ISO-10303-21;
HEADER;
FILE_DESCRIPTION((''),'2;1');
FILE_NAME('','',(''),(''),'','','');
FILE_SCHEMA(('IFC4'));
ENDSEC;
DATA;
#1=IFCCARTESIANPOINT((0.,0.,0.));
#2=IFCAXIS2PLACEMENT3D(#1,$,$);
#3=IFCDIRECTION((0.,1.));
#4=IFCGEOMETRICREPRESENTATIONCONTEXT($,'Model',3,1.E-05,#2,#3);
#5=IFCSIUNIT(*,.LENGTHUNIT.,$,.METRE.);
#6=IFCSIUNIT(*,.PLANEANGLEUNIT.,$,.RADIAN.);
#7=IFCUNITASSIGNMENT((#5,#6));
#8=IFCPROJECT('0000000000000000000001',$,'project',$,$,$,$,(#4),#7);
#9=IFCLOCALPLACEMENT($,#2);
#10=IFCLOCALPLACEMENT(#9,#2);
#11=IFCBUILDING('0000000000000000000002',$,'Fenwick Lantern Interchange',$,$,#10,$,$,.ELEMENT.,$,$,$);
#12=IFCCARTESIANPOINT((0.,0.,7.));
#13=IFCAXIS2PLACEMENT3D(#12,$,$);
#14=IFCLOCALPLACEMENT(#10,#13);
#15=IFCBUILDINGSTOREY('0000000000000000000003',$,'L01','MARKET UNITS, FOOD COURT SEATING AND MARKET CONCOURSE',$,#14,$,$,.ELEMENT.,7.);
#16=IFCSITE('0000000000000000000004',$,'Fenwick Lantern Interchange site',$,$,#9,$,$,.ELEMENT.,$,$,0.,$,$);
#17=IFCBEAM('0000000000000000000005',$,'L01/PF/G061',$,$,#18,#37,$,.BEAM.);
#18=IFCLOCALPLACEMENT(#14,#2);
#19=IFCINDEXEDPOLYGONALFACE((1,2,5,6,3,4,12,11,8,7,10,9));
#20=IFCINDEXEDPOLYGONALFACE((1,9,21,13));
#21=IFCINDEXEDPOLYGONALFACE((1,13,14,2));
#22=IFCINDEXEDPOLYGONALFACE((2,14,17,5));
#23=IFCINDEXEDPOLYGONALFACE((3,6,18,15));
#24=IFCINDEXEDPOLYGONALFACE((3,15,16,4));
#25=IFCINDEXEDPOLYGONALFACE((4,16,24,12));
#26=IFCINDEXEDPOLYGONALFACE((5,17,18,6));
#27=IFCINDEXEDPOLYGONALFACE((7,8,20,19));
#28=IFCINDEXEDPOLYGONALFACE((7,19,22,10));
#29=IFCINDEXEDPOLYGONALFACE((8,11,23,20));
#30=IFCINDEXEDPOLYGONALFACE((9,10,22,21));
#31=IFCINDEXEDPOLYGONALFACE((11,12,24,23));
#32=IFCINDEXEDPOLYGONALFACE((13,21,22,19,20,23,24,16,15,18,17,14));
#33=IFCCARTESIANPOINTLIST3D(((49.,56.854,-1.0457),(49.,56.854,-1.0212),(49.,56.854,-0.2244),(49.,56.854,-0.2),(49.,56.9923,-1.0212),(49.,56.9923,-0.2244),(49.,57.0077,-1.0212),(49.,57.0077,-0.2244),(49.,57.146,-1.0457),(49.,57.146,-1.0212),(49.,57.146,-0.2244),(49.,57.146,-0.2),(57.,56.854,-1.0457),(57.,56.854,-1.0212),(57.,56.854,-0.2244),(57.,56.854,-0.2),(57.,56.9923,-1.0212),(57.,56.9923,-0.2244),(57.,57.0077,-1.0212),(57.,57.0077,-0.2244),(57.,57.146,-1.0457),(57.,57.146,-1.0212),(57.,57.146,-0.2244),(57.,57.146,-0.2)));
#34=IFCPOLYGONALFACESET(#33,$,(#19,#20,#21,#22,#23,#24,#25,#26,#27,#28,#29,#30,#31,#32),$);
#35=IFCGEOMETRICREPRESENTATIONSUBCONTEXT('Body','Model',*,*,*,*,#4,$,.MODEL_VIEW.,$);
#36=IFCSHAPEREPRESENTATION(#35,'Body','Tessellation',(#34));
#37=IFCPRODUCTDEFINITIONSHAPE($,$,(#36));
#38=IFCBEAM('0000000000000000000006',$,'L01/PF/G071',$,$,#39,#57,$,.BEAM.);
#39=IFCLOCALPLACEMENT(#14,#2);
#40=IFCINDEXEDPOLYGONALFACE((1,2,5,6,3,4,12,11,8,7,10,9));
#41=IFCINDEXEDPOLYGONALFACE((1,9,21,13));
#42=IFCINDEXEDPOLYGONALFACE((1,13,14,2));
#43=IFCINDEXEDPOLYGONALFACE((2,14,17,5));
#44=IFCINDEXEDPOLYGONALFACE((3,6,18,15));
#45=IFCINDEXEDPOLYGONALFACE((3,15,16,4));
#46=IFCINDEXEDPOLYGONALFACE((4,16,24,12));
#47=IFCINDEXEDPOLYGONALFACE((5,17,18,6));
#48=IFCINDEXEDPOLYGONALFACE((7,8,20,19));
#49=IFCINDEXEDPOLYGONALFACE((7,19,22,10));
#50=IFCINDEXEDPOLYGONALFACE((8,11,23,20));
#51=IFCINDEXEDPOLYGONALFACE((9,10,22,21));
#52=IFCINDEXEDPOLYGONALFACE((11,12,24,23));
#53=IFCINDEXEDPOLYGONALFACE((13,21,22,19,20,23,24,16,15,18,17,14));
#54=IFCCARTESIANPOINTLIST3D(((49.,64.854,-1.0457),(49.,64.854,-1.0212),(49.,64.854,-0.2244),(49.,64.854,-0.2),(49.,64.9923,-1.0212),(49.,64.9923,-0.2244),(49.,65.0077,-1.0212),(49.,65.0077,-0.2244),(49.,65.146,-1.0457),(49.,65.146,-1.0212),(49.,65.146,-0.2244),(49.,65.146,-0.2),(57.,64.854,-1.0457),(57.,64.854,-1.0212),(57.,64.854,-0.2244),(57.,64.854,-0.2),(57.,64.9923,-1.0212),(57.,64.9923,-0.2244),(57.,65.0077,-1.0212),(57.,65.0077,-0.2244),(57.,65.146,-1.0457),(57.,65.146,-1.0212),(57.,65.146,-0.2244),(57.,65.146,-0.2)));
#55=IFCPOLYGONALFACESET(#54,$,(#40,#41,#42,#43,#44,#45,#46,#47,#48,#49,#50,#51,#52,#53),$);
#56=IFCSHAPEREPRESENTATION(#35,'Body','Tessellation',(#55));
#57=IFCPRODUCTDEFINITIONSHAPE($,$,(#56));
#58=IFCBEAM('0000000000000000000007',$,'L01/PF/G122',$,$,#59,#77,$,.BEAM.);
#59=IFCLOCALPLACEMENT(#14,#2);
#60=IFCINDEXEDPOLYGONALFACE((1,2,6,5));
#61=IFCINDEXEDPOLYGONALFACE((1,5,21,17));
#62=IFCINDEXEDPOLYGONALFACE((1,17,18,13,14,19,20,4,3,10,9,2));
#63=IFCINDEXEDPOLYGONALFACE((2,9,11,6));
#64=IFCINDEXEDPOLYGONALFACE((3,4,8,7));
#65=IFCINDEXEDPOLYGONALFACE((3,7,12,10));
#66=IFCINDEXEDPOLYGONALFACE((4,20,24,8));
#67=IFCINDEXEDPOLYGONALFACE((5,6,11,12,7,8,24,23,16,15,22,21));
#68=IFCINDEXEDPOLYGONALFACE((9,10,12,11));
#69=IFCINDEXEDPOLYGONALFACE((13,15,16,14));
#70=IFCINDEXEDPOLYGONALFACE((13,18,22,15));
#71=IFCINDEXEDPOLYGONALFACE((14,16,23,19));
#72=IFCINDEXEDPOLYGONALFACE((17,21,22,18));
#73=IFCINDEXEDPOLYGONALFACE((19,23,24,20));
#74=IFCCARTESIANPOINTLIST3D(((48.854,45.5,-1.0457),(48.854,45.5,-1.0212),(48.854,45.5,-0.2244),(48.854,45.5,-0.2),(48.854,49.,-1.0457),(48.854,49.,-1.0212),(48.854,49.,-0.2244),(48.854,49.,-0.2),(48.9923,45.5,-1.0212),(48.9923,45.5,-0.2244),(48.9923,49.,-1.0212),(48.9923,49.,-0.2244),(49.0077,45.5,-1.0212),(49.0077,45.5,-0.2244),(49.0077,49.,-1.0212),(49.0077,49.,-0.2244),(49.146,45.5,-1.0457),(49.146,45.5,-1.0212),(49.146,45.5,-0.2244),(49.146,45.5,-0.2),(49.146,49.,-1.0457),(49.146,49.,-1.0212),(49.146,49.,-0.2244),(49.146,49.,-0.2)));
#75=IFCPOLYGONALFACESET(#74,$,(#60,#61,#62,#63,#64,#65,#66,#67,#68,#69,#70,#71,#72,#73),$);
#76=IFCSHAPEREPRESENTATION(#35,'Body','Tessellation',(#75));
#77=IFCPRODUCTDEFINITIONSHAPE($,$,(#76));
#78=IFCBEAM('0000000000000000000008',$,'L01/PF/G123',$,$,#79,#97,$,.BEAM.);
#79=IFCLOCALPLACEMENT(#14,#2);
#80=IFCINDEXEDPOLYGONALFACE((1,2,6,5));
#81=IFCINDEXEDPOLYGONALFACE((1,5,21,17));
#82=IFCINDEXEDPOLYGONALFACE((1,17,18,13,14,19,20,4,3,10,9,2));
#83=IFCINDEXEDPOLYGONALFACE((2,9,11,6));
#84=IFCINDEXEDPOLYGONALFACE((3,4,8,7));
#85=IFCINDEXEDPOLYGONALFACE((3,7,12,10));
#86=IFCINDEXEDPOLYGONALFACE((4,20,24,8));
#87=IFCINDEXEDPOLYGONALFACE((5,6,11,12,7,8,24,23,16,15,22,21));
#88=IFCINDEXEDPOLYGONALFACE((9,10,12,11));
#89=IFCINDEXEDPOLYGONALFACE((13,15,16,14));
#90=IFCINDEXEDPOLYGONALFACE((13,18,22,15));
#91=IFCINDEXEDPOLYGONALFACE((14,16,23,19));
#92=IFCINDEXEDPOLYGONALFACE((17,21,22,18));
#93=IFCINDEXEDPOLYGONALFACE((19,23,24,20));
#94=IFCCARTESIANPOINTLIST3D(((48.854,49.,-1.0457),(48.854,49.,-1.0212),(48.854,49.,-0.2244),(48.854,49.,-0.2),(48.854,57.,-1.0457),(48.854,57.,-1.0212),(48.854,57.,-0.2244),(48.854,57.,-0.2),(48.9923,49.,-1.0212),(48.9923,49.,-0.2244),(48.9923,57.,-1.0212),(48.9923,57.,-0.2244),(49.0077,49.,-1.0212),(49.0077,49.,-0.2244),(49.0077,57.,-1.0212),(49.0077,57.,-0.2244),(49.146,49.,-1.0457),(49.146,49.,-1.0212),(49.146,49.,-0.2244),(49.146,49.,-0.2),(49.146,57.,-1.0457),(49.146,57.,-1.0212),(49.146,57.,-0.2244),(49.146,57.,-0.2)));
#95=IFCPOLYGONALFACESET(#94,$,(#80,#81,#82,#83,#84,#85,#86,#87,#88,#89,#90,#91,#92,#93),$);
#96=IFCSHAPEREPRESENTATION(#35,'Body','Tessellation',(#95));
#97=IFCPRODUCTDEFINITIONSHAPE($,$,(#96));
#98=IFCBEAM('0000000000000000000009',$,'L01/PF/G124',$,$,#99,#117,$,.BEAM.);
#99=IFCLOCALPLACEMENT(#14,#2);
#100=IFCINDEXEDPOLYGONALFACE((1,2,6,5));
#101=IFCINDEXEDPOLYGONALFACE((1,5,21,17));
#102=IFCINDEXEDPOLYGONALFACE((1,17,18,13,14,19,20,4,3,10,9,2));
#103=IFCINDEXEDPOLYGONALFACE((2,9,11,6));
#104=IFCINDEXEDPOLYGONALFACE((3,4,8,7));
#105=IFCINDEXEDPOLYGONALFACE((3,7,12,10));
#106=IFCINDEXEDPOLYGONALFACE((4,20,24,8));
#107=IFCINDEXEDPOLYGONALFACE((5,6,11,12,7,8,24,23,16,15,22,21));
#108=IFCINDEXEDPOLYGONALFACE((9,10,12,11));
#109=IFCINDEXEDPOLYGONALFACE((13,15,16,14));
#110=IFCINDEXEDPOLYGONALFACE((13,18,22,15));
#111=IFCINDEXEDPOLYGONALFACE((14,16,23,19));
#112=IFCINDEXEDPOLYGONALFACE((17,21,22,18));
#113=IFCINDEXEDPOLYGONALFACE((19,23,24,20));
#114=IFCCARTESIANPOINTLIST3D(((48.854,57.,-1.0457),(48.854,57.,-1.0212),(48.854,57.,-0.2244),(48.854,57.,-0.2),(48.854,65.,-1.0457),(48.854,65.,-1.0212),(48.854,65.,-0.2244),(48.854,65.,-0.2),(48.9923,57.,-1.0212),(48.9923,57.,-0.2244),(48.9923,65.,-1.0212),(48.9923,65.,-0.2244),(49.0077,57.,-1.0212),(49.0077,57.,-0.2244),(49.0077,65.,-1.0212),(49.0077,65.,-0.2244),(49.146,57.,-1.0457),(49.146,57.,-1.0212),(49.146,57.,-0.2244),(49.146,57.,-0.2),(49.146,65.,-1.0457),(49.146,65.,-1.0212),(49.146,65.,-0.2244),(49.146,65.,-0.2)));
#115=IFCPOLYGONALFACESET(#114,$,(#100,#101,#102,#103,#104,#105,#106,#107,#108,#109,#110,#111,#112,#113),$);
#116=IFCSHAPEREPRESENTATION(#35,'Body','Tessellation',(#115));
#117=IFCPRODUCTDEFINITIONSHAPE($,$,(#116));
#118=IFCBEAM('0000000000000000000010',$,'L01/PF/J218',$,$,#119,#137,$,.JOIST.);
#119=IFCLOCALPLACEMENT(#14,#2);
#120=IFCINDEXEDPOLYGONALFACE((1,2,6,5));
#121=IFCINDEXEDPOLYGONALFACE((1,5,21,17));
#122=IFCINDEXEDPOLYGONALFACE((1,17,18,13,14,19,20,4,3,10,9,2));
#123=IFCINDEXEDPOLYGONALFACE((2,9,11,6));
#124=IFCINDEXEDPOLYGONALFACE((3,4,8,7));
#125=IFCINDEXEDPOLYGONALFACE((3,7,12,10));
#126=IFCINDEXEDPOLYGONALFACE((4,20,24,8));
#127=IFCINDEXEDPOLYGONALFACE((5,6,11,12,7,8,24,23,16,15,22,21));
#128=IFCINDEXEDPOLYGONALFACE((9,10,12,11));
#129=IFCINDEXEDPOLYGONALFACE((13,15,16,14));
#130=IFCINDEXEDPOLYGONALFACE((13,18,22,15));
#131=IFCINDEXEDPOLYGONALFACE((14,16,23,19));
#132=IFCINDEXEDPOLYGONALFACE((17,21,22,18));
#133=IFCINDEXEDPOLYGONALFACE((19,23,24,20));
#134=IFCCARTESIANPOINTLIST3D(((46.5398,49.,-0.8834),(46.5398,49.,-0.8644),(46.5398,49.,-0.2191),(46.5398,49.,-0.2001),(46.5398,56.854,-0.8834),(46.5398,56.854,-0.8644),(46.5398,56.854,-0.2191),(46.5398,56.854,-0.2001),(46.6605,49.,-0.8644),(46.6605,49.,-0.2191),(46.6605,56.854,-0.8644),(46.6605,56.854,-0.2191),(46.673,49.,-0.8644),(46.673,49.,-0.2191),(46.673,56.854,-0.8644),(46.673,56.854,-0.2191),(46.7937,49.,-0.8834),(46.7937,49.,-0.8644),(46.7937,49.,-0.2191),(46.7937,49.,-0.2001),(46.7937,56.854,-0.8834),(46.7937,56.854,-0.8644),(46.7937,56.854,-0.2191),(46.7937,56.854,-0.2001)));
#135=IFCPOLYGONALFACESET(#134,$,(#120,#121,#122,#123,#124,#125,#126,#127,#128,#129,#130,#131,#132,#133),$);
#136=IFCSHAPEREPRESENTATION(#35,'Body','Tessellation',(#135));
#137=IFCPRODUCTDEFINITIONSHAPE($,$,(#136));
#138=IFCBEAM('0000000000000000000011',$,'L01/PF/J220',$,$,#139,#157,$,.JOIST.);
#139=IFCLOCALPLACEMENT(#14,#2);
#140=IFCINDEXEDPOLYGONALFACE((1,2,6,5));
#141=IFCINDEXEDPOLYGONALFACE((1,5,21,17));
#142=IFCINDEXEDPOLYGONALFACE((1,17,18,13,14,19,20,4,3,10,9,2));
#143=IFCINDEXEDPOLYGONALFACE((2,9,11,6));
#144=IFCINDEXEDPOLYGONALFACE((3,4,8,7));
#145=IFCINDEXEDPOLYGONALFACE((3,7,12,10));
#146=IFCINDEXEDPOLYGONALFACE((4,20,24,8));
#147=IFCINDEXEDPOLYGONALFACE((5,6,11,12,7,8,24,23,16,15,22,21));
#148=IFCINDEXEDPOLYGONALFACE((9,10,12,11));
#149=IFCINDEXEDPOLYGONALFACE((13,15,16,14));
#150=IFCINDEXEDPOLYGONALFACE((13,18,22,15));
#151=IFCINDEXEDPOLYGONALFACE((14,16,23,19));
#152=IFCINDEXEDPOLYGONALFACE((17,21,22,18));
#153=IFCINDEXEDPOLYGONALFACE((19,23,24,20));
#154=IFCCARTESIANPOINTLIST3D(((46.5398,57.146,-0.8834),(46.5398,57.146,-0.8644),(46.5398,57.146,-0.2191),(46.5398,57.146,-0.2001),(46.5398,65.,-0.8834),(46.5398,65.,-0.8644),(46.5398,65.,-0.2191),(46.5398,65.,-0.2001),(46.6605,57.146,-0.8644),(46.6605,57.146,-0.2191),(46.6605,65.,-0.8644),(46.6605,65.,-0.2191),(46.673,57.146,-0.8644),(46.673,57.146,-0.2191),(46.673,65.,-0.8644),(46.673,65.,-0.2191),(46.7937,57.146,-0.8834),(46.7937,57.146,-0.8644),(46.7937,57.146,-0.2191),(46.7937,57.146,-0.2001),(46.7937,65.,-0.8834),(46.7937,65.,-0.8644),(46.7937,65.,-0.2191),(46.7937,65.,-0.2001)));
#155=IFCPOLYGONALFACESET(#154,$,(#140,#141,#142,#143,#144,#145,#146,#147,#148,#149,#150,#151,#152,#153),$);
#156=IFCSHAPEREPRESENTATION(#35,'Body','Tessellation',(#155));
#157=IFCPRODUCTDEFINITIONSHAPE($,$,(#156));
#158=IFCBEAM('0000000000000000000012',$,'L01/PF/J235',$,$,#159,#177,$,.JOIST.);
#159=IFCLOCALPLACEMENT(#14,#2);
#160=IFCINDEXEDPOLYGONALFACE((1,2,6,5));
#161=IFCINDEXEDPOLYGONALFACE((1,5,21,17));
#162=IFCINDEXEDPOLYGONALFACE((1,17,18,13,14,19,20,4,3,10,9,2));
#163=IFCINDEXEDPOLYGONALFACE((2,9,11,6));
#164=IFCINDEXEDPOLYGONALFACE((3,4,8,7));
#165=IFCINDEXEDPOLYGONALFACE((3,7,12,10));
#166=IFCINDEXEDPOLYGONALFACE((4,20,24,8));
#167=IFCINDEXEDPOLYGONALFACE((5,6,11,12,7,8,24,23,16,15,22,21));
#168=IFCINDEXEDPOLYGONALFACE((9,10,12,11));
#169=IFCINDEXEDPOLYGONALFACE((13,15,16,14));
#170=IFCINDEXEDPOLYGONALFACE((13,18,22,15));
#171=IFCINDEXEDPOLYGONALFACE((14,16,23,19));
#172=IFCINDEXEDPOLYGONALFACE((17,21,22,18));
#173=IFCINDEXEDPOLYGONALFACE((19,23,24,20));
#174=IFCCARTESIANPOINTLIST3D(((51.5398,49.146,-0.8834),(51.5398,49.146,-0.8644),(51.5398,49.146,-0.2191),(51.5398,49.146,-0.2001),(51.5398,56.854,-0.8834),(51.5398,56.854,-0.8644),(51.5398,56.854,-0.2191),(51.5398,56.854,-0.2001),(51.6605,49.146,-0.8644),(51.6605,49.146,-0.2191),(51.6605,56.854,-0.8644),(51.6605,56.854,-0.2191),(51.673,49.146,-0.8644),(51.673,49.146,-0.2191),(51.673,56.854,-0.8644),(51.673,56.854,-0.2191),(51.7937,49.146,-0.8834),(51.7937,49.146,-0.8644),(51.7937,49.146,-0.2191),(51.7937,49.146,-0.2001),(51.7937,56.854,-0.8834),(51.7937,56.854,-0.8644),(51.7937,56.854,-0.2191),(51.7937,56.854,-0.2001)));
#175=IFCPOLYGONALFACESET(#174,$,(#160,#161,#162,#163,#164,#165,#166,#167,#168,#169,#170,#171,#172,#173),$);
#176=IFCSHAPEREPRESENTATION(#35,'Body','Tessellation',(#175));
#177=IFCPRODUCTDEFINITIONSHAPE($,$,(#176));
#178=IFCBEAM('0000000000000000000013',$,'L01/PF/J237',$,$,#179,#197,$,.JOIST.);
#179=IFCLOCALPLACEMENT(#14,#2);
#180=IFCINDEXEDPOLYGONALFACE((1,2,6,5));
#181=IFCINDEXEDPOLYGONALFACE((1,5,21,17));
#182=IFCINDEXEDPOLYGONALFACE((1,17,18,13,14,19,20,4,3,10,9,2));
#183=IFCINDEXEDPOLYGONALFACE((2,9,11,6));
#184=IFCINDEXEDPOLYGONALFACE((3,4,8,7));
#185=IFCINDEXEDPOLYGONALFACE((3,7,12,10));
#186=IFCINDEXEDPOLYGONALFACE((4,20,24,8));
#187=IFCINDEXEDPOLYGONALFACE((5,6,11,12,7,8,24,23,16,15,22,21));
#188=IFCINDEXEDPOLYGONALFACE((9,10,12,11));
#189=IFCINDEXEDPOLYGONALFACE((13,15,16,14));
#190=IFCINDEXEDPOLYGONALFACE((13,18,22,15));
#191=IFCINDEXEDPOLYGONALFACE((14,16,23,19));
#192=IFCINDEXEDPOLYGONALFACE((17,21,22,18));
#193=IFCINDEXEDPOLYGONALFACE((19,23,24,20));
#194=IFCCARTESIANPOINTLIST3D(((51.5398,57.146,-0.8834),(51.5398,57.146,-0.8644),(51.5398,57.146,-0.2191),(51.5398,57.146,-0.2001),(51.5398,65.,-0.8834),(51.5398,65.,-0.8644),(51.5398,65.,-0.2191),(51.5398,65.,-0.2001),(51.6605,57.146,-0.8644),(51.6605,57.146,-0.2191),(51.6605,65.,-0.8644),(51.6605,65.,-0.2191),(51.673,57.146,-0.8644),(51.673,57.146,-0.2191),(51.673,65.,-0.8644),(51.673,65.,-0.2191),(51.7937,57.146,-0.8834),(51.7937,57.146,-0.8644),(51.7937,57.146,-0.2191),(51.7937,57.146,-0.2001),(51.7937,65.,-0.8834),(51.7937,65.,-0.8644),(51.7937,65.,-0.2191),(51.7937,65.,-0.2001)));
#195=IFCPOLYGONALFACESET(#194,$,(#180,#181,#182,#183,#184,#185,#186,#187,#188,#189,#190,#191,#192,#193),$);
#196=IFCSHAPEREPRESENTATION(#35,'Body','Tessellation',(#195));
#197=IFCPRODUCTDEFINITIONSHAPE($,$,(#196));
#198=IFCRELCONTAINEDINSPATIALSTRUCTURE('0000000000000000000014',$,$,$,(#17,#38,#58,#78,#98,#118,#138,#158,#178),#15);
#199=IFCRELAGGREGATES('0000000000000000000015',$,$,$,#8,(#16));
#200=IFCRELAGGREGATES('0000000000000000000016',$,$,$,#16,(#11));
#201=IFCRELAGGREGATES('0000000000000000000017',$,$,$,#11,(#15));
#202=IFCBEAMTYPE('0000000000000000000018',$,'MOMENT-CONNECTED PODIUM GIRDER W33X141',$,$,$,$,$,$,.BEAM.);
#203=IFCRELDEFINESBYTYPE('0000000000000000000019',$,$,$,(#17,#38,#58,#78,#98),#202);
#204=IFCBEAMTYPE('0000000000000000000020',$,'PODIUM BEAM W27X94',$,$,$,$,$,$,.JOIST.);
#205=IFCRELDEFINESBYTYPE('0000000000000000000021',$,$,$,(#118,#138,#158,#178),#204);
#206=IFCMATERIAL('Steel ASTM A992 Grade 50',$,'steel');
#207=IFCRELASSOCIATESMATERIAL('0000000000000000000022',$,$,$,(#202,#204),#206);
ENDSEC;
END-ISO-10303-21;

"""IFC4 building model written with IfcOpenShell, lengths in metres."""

from ifc_helpers import new_model, si_unit, direction, frame, origin, origin_2d, place, context, subcontext, project, spatial, i_section, extrude, material, material_profile, profile_set, type_object, element, save


model = new_model("IFC4")

# Units and contexts
model_context = context("Model", 3, precision=1e-05, world=origin(), true_north=direction((0.0, 1.0)))
body_context = subcontext(model_context, "Body", "Model", "MODEL_VIEW")
ifc_project = project(units=[si_unit("LENGTHUNIT", "METRE"), si_unit("PLANEANGLEUNIT", "RADIAN")], contexts=[model_context])

# Site, building, storey
site_placement = place(None, origin())
site = spatial("IfcSite", under=ifc_project, at=site_placement, Name="Fenwick Lantern Interchange site", CompositionType="ELEMENT", RefElevation=0.0)
building_placement = place(site_placement, origin())
building = spatial("IfcBuilding", under=site, at=building_placement, Name="Fenwick Lantern Interchange", CompositionType="ELEMENT")
storey_placement = place(building_placement, frame((0.0, 0.0, 7.0)))
storey = spatial("IfcBuildingStorey", under=building, at=storey_placement, Name="L01", Description="MARKET UNITS, FOOD COURT SEATING AND MARKET CONCOURSE", CompositionType="ELEMENT", Elevation=7.0)

# Shared definitions
ifc_material_1 = material(Name="Steel ASTM A992 Grade 50", Category="steel")

# Beams
ifc_material_profile_1 = material_profile(ifc_material_1, i_section(OverallWidth=0.292, OverallDepth=0.8457, WebThickness=0.0154, FlangeThickness=0.0244, at=origin_2d()), Name="W33X141")
ifc_profile_set_1 = profile_set([ifc_material_profile_1], Name="Steel ASTM A992 Grade 50")
beam_type_1 = type_object("IfcBeamType", Name="MOMENT-CONNECTED PODIUM GIRDER W33X141", PredefinedType="BEAM", material=ifc_profile_set_1)
for number, where, z_axis, x_axis, name in (
    (1, (49.0, 57.0, -0.6228), (1.0, 0.0, 0.0), (0.0, 1.0, 0.0), "L01/PF/G061"),
    (2, (49.0, 65.0, -0.6228), (1.0, 0.0, 0.0), (0.0, 1.0, 0.0), "L01/PF/G071"),
):
    element("IfcBeam", number, at=place(storey_placement, frame(where, z_axis=z_axis, x_axis=x_axis)), inside=storey, type_object=beam_type_1, Name=name, PredefinedType="BEAM", context=body_context, shape_type="SweptSolid", body=[
        extrude(i_section(OverallWidth=0.292, OverallDepth=0.8457, WebThickness=0.0154, FlangeThickness=0.0244, at=origin_2d()), origin(), (0.0, 0.0, 1.0), 8.0),
    ])
beam_1_placement = place(storey_placement, frame((49.0, 45.5, -0.6228), z_axis=(0.0, 1.0, 0.0), x_axis=(-1.0, 0.0, 0.0)))
element("IfcBeam", 3, at=beam_1_placement, inside=storey, type_object=beam_type_1, Name="L01/PF/G122", PredefinedType="BEAM", context=body_context, shape_type="SweptSolid", body=[
    extrude(i_section(OverallWidth=0.292, OverallDepth=0.8457, WebThickness=0.0154, FlangeThickness=0.0244, at=origin_2d()), origin(), (0.0, 0.0, 1.0), 3.5),
])
for number, where, z_axis, x_axis, name in (
    (4, (49.0, 49.0, -0.6228), (0.0, 1.0, 0.0), (-1.0, 0.0, 0.0), "L01/PF/G123"),
    (5, (49.0, 57.0, -0.6228), (0.0, 1.0, 0.0), (-1.0, 0.0, 0.0), "L01/PF/G124"),
):
    element("IfcBeam", number, at=place(storey_placement, frame(where, z_axis=z_axis, x_axis=x_axis)), inside=storey, type_object=beam_type_1, Name=name, PredefinedType="BEAM", context=body_context, shape_type="SweptSolid", body=[
        extrude(i_section(OverallWidth=0.292, OverallDepth=0.8457, WebThickness=0.0154, FlangeThickness=0.0244, at=origin_2d()), origin(), (0.0, 0.0, 1.0), 8.0),
    ])
ifc_material_profile_2 = material_profile(ifc_material_1, i_section(OverallWidth=0.2539, OverallDepth=0.6833, WebThickness=0.0125, FlangeThickness=0.019, at=origin_2d()), Name="W27X94")
ifc_profile_set_2 = profile_set([ifc_material_profile_2], Name="Steel ASTM A992 Grade 50")
beam_type_2 = type_object("IfcBeamType", Name="PODIUM BEAM W27X94", PredefinedType="JOIST", material=ifc_profile_set_2)
for number, where, z_axis, x_axis, name in (
    (6, (46.6667, 49.0, -0.5417), (0.0, 1.0, 0.0), (-1.0, 0.0, 0.0), "L01/PF/J218"),
    (7, (46.6667, 57.146, -0.5417), (0.0, 1.0, 0.0), (-1.0, 0.0, 0.0), "L01/PF/J220"),
):
    element("IfcBeam", number, at=place(storey_placement, frame(where, z_axis=z_axis, x_axis=x_axis)), inside=storey, type_object=beam_type_2, Name=name, PredefinedType="JOIST", context=body_context, shape_type="SweptSolid", body=[
        extrude(i_section(OverallWidth=0.2539, OverallDepth=0.6833, WebThickness=0.0125, FlangeThickness=0.019, at=origin_2d()), origin(), (0.0, 0.0, 1.0), 7.854),
    ])
beam_2_placement = place(storey_placement, frame((51.6667, 49.146, -0.5417), z_axis=(0.0, 1.0, 0.0), x_axis=(-1.0, 0.0, 0.0)))
element("IfcBeam", 8, at=beam_2_placement, inside=storey, type_object=beam_type_2, Name="L01/PF/J235", PredefinedType="JOIST", context=body_context, shape_type="SweptSolid", body=[
    extrude(i_section(OverallWidth=0.2539, OverallDepth=0.6833, WebThickness=0.0125, FlangeThickness=0.019, at=origin_2d()), origin(), (0.0, 0.0, 1.0), 7.708),
])
beam_3_placement = place(storey_placement, frame((51.6667, 57.146, -0.5417), z_axis=(0.0, 1.0, 0.0), x_axis=(-1.0, 0.0, 0.0)))
element("IfcBeam", 9, at=beam_3_placement, inside=storey, type_object=beam_type_2, Name="L01/PF/J237", PredefinedType="JOIST", context=body_context, shape_type="SweptSolid", body=[
    extrude(i_section(OverallWidth=0.2539, OverallDepth=0.6833, WebThickness=0.0125, FlangeThickness=0.019, at=origin_2d()), origin(), (0.0, 0.0, 1.0), 7.854),
])

save(model, "model.ifc")
